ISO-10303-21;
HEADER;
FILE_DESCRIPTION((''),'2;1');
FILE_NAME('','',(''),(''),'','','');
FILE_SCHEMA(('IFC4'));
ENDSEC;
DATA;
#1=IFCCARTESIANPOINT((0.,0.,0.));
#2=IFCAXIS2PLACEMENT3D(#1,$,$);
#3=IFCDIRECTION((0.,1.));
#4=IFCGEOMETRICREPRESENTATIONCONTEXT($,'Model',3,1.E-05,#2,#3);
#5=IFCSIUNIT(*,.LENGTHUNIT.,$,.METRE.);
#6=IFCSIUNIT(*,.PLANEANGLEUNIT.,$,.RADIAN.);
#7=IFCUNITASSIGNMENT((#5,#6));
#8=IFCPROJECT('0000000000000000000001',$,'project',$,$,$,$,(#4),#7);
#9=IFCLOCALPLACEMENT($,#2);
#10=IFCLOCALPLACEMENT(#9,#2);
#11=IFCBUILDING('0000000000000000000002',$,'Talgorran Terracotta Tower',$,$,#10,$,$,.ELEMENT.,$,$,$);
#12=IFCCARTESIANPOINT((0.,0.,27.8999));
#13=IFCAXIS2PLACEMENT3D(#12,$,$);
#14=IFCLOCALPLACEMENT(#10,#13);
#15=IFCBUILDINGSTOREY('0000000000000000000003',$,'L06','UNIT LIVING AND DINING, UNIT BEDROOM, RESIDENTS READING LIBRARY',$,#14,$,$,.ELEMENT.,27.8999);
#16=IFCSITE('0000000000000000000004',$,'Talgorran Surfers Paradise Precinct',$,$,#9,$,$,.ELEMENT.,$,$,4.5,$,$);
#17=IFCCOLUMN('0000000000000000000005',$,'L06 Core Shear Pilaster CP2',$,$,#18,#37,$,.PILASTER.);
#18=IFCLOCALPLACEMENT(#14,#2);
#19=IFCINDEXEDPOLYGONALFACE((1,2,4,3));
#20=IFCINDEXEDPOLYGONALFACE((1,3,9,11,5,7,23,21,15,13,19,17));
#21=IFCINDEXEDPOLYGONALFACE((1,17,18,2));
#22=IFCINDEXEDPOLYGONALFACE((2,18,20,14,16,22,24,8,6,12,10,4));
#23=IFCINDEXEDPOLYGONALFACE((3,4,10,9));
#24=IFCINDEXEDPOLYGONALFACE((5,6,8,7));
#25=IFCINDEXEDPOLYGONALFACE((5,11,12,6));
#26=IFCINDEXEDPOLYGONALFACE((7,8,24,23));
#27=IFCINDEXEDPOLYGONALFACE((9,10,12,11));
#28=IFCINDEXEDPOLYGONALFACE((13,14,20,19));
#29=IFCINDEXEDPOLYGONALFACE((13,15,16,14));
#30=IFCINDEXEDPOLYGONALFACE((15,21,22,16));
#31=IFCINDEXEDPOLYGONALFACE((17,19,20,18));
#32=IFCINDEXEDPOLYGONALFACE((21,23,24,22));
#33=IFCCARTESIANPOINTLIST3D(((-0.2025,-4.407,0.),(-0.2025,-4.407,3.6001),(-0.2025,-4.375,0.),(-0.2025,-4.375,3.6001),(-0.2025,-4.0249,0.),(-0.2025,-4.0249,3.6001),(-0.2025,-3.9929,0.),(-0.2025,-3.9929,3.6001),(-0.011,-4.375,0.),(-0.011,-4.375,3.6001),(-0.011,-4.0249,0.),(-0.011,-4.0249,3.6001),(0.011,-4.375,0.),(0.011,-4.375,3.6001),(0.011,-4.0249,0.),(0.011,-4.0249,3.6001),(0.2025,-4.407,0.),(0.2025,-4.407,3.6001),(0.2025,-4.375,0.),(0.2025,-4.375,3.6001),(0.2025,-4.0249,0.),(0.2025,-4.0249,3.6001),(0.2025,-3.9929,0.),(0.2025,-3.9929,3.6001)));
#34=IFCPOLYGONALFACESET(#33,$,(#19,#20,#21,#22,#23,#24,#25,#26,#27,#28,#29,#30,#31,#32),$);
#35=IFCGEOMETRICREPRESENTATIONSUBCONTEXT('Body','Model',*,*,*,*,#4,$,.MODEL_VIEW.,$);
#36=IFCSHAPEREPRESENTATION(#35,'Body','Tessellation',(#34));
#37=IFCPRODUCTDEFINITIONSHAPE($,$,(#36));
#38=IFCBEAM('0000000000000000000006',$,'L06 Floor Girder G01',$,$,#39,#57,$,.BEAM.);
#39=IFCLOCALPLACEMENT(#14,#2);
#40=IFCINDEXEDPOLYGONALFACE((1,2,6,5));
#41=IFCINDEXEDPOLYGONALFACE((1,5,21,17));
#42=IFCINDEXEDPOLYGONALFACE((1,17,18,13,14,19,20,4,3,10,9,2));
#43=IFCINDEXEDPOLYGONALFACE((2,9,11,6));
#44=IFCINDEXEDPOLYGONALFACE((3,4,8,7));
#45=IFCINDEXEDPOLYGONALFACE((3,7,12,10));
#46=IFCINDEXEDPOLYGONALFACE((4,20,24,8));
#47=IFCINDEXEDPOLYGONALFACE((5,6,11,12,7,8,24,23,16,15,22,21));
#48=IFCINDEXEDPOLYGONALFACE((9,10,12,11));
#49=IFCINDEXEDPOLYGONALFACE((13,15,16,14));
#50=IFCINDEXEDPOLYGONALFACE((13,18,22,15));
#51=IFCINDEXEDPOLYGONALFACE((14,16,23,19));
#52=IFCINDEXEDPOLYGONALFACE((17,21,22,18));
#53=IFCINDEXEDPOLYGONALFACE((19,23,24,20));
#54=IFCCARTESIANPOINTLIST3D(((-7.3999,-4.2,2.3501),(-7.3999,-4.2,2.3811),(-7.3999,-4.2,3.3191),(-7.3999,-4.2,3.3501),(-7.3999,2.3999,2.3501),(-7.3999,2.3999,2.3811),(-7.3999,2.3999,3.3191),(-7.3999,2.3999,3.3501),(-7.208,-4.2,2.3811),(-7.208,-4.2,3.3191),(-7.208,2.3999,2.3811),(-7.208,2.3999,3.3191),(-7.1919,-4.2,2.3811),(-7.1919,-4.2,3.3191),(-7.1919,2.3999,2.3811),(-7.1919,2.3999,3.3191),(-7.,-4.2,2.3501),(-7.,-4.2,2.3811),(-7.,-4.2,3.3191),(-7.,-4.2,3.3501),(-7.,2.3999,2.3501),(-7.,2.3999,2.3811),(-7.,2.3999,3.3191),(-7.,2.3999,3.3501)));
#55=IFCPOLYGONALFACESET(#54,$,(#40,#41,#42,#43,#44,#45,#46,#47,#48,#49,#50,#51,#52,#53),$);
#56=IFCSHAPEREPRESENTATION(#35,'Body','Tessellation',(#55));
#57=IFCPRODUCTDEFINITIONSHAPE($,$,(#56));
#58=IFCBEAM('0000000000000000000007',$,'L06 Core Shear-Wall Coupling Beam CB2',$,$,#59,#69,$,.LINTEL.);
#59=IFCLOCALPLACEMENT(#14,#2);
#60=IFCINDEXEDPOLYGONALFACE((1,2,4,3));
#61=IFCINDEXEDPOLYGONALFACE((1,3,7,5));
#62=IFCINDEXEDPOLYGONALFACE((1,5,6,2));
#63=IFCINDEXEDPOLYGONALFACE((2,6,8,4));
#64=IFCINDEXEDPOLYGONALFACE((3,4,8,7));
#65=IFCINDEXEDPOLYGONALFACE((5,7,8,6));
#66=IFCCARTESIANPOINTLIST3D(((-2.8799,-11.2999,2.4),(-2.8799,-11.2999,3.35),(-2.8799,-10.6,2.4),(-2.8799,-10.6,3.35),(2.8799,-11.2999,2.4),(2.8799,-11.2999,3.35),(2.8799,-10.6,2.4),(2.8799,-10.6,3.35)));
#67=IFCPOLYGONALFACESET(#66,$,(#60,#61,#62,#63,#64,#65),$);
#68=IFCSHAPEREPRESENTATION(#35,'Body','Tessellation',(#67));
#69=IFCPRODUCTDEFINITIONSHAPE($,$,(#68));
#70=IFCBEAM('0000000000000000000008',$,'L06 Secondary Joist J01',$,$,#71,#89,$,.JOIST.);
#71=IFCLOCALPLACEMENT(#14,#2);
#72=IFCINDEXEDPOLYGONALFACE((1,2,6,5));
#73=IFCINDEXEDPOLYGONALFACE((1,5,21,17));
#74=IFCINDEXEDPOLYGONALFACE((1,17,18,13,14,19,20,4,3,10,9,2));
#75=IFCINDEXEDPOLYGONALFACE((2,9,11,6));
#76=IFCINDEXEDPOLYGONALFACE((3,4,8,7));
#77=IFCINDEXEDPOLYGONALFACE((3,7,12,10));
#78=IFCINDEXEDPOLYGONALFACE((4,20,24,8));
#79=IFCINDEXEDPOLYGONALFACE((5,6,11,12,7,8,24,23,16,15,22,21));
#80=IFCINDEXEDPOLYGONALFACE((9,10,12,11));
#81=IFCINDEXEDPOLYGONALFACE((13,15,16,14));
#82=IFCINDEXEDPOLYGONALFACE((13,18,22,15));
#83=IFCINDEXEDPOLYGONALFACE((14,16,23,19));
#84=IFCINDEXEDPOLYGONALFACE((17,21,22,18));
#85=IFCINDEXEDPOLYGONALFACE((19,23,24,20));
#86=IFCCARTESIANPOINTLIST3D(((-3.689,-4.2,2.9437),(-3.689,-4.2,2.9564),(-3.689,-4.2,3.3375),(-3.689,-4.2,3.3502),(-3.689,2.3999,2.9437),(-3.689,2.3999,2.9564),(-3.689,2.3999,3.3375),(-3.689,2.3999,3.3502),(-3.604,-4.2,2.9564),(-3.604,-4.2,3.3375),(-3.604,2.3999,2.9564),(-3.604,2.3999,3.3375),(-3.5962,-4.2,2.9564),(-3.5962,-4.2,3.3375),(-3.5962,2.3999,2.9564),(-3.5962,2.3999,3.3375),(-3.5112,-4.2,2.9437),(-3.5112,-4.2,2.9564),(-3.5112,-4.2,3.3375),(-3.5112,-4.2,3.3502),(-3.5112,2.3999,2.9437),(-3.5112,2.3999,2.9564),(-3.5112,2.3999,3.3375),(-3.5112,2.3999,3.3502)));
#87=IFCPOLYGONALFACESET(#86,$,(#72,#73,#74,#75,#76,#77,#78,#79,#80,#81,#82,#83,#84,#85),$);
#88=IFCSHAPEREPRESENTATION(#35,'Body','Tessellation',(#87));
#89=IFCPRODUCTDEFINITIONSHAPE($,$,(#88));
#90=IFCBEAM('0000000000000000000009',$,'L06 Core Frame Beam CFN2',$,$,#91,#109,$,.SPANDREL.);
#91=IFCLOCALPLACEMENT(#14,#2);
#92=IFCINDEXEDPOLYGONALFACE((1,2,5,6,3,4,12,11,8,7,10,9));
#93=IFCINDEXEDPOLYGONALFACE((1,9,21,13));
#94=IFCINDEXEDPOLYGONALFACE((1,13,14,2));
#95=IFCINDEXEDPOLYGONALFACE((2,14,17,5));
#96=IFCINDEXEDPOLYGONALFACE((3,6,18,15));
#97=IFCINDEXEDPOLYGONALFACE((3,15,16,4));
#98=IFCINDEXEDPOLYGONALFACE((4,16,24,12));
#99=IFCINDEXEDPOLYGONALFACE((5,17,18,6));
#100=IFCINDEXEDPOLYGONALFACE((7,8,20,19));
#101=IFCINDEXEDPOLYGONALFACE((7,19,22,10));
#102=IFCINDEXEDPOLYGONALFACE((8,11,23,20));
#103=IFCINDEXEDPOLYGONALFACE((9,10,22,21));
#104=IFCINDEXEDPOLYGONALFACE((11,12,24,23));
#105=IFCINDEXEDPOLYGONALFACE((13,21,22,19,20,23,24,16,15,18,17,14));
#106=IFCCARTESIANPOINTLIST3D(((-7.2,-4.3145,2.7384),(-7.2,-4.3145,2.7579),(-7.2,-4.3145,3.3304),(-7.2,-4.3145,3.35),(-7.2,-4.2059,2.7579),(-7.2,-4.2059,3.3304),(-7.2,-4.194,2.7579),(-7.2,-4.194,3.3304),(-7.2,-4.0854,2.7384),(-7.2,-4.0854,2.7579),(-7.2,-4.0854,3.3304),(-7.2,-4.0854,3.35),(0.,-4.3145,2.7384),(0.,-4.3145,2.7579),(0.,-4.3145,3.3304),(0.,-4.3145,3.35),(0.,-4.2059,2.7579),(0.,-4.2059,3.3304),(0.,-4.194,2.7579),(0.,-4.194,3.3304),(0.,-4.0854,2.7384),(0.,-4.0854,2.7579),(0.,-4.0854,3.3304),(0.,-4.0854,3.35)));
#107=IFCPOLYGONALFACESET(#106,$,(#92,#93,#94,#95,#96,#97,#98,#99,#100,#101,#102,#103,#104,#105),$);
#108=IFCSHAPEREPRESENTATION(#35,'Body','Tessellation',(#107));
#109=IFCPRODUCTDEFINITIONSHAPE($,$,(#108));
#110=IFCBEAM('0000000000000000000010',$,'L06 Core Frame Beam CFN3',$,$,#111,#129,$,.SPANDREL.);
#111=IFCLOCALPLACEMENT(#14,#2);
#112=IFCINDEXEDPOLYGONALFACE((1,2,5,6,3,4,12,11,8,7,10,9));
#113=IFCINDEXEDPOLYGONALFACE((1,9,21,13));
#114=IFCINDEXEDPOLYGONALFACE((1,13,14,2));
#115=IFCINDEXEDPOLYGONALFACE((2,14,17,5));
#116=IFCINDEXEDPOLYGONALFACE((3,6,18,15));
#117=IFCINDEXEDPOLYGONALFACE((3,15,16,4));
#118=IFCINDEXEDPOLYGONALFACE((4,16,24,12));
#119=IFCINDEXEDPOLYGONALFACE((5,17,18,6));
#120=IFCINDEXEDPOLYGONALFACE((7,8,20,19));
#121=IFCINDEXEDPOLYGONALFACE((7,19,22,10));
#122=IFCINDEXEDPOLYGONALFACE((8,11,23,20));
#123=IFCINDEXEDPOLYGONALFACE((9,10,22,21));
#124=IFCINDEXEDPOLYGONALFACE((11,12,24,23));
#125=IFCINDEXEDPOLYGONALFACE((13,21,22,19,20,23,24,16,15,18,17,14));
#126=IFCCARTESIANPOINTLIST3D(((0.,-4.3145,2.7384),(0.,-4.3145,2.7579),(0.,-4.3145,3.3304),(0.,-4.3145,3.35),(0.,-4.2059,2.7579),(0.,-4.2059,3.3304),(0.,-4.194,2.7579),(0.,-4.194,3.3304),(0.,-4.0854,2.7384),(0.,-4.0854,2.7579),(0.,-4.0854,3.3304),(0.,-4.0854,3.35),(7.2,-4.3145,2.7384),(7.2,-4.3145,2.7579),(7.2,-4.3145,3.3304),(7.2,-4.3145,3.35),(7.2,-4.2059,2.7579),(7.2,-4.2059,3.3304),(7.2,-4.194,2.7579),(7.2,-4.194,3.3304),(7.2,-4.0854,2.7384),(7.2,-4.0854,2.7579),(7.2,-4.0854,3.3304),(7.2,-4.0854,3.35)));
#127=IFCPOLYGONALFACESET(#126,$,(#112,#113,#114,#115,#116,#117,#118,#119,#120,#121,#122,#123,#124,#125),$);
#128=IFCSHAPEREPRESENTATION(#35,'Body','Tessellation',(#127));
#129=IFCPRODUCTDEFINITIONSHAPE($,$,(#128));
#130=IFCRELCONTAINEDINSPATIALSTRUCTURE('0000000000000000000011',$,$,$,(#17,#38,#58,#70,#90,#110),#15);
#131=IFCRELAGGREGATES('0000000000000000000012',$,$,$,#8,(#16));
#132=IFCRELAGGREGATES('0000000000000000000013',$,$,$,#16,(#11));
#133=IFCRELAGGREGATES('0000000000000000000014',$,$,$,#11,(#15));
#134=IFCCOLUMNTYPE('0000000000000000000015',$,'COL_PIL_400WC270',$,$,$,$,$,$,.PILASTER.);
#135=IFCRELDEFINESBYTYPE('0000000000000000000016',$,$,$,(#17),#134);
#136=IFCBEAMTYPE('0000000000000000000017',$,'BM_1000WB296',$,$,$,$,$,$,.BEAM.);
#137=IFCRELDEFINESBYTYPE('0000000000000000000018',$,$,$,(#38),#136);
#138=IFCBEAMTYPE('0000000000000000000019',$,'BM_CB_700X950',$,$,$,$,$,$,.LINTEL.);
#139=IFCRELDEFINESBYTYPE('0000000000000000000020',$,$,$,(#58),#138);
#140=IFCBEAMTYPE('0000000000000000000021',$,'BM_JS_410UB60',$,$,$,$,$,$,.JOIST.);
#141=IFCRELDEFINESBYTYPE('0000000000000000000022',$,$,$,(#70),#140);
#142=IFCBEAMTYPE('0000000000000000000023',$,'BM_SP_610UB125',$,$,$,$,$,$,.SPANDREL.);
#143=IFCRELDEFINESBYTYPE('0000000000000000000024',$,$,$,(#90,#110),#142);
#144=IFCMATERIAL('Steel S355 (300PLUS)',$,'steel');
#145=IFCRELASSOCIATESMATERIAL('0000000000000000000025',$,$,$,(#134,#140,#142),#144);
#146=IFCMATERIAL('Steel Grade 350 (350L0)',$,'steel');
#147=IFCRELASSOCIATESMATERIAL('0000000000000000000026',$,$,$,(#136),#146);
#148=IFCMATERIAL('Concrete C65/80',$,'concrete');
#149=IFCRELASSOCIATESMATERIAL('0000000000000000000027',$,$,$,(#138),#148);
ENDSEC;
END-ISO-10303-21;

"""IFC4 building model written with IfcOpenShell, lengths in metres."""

from ifc_helpers import new_model, si_unit, direction, frame, origin, origin_2d, place, context, subcontext, project, spatial, rectangle, i_section, extrude, material, material_profile, profile_set, type_object, element, save


model = new_model("IFC4")

# Units and contexts
model_context = context("Model", 3, precision=1e-05, world=origin(), true_north=direction((0.0, 1.0)))
body_context = subcontext(model_context, "Body", "Model", "MODEL_VIEW")
ifc_project = project(units=[si_unit("LENGTHUNIT", "METRE"), si_unit("PLANEANGLEUNIT", "RADIAN")], contexts=[model_context])

# Site, building, storey
site_placement = place(None, origin())
site = spatial("IfcSite", under=ifc_project, at=site_placement, Name="Talgorran Surfers Paradise Precinct", CompositionType="ELEMENT", RefElevation=4.5)
building_placement = place(site_placement, origin())
building = spatial("IfcBuilding", under=site, at=building_placement, Name="Talgorran Terracotta Tower", CompositionType="ELEMENT")
storey_placement = place(building_placement, frame((0.0, 0.0, 27.8999)))
storey = spatial("IfcBuildingStorey", under=building, at=storey_placement, Name="L06", Description="UNIT LIVING AND DINING, UNIT BEDROOM, RESIDENTS READING LIBRARY", CompositionType="ELEMENT", Elevation=27.8999)

# Column
ifc_material_1 = material(Name="Steel S355 (300PLUS)", Category="steel")
ifc_material_profile_1 = material_profile(ifc_material_1, i_section(OverallWidth=0.405, OverallDepth=0.4141, WebThickness=0.022, FlangeThickness=0.032, at=origin_2d()), Name="400WC270")
ifc_profile_set_1 = profile_set([ifc_material_profile_1], Name="Steel S355 (300PLUS)")
column_type = type_object("IfcColumnType", Name="COL_PIL_400WC270", PredefinedType="PILASTER", material=ifc_profile_set_1)
column_placement = place(storey_placement, frame((0.0, -4.2, 0.0), z_axis=(0.0, 0.0, 1.0), x_axis=(1.0, 0.0, 0.0)))
element("IfcColumn", 1, at=column_placement, inside=storey, type_object=column_type, Name="L06 Core Shear Pilaster CP2", PredefinedType="PILASTER", context=body_context, shape_type="SweptSolid", body=[
    extrude(i_section(OverallWidth=0.405, OverallDepth=0.4141, WebThickness=0.022, FlangeThickness=0.032, at=origin_2d()), origin(), (0.0, 0.0, 1.0), 3.6001),
])

# Beams
ifc_material_2 = material(Name="Steel Grade 350 (350L0)", Category="steel")
ifc_material_profile_2 = material_profile(ifc_material_2, i_section(OverallWidth=0.3999, OverallDepth=1.0, WebThickness=0.0161, FlangeThickness=0.031, at=origin_2d()), Name="1000WB296")
ifc_profile_set_2 = profile_set([ifc_material_profile_2], Name="Steel Grade 350 (350L0)")
beam_type_1 = type_object("IfcBeamType", Name="BM_1000WB296", PredefinedType="BEAM", material=ifc_profile_set_2)
beam_1_placement = place(storey_placement, frame((-7.2, -4.2, 2.8501), z_axis=(0.0, 1.0, 0.0), x_axis=(-1.0, 0.0, 0.0)))
element("IfcBeam", 2, at=beam_1_placement, inside=storey, type_object=beam_type_1, Name="L06 Floor Girder G01", PredefinedType="BEAM", context=body_context, shape_type="SweptSolid", body=[
    extrude(i_section(OverallWidth=0.3999, OverallDepth=1.0, WebThickness=0.0161, FlangeThickness=0.031, at=origin_2d()), origin(), (0.0, 0.0, 1.0), 6.5999),
])
ifc_material_3 = material(Name="Concrete C65/80", Category="concrete")
ifc_material_profile_3 = material_profile(ifc_material_3, rectangle(XDim=0.7, YDim=0.95, at=origin_2d()), Name="RCCB700X950")
ifc_profile_set_3 = profile_set([ifc_material_profile_3], Name="Concrete C65/80")
beam_type_2 = type_object("IfcBeamType", Name="BM_CB_700X950", PredefinedType="LINTEL", material=ifc_profile_set_3)
beam_2_placement = place(storey_placement, frame((-2.8799, -10.95, 2.875), z_axis=(1.0, 0.0, 0.0), x_axis=(0.0, 1.0, 0.0)))
element("IfcBeam", 3, at=beam_2_placement, inside=storey, type_object=beam_type_2, Name="L06 Core Shear-Wall Coupling Beam CB2", PredefinedType="LINTEL", context=body_context, shape_type="SweptSolid", body=[
    extrude(rectangle(XDim=0.7, YDim=0.95, at=origin_2d()), origin(), (0.0, 0.0, 1.0), 5.7598),
])
ifc_material_profile_4 = material_profile(ifc_material_1, i_section(OverallWidth=0.1777, OverallDepth=0.4065, WebThickness=0.0078, FlangeThickness=0.0127, at=origin_2d()), Name="410UB59.7")
ifc_profile_set_4 = profile_set([ifc_material_profile_4], Name="Steel S355 (300PLUS)")
beam_type_3 = type_object("IfcBeamType", Name="BM_JS_410UB60", PredefinedType="JOIST", material=ifc_profile_set_4)
beam_3_placement = place(storey_placement, frame((-3.6001, -4.2, 3.147), z_axis=(0.0, 1.0, 0.0), x_axis=(-1.0, 0.0, 0.0)))
element("IfcBeam", 4, at=beam_3_placement, inside=storey, type_object=beam_type_3, Name="L06 Secondary Joist J01", PredefinedType="JOIST", context=body_context, shape_type="SweptSolid", body=[
    extrude(i_section(OverallWidth=0.1777, OverallDepth=0.4065, WebThickness=0.0078, FlangeThickness=0.0127, at=origin_2d()), origin(), (0.0, 0.0, 1.0), 6.5999),
])
ifc_material_profile_5 = material_profile(ifc_material_1, i_section(OverallWidth=0.229, OverallDepth=0.6116, WebThickness=0.012, FlangeThickness=0.0195, at=origin_2d()), Name="610UB125")
ifc_profile_set_5 = profile_set([ifc_material_profile_5], Name="Steel S355 (300PLUS)")
beam_type_4 = type_object("IfcBeamType", Name="BM_SP_610UB125", PredefinedType="SPANDREL", material=ifc_profile_set_5)
for number, where, z_axis, x_axis, name in (
    (5, (-7.2, -4.2, 3.0442), (1.0, 0.0, 0.0), (0.0, 1.0, 0.0), "L06 Core Frame Beam CFN2"),
    (6, (0.0, -4.2, 3.0442), (1.0, 0.0, 0.0), (0.0, 1.0, 0.0), "L06 Core Frame Beam CFN3"),
):
    element("IfcBeam", number, at=place(storey_placement, frame(where, z_axis=z_axis, x_axis=x_axis)), inside=storey, type_object=beam_type_4, Name=name, PredefinedType="SPANDREL", context=body_context, shape_type="SweptSolid", body=[
        extrude(i_section(OverallWidth=0.229, OverallDepth=0.6116, WebThickness=0.012, FlangeThickness=0.0195, at=origin_2d()), origin(), (0.0, 0.0, 1.0), 7.2),
    ])

save(model, "model.ifc")
